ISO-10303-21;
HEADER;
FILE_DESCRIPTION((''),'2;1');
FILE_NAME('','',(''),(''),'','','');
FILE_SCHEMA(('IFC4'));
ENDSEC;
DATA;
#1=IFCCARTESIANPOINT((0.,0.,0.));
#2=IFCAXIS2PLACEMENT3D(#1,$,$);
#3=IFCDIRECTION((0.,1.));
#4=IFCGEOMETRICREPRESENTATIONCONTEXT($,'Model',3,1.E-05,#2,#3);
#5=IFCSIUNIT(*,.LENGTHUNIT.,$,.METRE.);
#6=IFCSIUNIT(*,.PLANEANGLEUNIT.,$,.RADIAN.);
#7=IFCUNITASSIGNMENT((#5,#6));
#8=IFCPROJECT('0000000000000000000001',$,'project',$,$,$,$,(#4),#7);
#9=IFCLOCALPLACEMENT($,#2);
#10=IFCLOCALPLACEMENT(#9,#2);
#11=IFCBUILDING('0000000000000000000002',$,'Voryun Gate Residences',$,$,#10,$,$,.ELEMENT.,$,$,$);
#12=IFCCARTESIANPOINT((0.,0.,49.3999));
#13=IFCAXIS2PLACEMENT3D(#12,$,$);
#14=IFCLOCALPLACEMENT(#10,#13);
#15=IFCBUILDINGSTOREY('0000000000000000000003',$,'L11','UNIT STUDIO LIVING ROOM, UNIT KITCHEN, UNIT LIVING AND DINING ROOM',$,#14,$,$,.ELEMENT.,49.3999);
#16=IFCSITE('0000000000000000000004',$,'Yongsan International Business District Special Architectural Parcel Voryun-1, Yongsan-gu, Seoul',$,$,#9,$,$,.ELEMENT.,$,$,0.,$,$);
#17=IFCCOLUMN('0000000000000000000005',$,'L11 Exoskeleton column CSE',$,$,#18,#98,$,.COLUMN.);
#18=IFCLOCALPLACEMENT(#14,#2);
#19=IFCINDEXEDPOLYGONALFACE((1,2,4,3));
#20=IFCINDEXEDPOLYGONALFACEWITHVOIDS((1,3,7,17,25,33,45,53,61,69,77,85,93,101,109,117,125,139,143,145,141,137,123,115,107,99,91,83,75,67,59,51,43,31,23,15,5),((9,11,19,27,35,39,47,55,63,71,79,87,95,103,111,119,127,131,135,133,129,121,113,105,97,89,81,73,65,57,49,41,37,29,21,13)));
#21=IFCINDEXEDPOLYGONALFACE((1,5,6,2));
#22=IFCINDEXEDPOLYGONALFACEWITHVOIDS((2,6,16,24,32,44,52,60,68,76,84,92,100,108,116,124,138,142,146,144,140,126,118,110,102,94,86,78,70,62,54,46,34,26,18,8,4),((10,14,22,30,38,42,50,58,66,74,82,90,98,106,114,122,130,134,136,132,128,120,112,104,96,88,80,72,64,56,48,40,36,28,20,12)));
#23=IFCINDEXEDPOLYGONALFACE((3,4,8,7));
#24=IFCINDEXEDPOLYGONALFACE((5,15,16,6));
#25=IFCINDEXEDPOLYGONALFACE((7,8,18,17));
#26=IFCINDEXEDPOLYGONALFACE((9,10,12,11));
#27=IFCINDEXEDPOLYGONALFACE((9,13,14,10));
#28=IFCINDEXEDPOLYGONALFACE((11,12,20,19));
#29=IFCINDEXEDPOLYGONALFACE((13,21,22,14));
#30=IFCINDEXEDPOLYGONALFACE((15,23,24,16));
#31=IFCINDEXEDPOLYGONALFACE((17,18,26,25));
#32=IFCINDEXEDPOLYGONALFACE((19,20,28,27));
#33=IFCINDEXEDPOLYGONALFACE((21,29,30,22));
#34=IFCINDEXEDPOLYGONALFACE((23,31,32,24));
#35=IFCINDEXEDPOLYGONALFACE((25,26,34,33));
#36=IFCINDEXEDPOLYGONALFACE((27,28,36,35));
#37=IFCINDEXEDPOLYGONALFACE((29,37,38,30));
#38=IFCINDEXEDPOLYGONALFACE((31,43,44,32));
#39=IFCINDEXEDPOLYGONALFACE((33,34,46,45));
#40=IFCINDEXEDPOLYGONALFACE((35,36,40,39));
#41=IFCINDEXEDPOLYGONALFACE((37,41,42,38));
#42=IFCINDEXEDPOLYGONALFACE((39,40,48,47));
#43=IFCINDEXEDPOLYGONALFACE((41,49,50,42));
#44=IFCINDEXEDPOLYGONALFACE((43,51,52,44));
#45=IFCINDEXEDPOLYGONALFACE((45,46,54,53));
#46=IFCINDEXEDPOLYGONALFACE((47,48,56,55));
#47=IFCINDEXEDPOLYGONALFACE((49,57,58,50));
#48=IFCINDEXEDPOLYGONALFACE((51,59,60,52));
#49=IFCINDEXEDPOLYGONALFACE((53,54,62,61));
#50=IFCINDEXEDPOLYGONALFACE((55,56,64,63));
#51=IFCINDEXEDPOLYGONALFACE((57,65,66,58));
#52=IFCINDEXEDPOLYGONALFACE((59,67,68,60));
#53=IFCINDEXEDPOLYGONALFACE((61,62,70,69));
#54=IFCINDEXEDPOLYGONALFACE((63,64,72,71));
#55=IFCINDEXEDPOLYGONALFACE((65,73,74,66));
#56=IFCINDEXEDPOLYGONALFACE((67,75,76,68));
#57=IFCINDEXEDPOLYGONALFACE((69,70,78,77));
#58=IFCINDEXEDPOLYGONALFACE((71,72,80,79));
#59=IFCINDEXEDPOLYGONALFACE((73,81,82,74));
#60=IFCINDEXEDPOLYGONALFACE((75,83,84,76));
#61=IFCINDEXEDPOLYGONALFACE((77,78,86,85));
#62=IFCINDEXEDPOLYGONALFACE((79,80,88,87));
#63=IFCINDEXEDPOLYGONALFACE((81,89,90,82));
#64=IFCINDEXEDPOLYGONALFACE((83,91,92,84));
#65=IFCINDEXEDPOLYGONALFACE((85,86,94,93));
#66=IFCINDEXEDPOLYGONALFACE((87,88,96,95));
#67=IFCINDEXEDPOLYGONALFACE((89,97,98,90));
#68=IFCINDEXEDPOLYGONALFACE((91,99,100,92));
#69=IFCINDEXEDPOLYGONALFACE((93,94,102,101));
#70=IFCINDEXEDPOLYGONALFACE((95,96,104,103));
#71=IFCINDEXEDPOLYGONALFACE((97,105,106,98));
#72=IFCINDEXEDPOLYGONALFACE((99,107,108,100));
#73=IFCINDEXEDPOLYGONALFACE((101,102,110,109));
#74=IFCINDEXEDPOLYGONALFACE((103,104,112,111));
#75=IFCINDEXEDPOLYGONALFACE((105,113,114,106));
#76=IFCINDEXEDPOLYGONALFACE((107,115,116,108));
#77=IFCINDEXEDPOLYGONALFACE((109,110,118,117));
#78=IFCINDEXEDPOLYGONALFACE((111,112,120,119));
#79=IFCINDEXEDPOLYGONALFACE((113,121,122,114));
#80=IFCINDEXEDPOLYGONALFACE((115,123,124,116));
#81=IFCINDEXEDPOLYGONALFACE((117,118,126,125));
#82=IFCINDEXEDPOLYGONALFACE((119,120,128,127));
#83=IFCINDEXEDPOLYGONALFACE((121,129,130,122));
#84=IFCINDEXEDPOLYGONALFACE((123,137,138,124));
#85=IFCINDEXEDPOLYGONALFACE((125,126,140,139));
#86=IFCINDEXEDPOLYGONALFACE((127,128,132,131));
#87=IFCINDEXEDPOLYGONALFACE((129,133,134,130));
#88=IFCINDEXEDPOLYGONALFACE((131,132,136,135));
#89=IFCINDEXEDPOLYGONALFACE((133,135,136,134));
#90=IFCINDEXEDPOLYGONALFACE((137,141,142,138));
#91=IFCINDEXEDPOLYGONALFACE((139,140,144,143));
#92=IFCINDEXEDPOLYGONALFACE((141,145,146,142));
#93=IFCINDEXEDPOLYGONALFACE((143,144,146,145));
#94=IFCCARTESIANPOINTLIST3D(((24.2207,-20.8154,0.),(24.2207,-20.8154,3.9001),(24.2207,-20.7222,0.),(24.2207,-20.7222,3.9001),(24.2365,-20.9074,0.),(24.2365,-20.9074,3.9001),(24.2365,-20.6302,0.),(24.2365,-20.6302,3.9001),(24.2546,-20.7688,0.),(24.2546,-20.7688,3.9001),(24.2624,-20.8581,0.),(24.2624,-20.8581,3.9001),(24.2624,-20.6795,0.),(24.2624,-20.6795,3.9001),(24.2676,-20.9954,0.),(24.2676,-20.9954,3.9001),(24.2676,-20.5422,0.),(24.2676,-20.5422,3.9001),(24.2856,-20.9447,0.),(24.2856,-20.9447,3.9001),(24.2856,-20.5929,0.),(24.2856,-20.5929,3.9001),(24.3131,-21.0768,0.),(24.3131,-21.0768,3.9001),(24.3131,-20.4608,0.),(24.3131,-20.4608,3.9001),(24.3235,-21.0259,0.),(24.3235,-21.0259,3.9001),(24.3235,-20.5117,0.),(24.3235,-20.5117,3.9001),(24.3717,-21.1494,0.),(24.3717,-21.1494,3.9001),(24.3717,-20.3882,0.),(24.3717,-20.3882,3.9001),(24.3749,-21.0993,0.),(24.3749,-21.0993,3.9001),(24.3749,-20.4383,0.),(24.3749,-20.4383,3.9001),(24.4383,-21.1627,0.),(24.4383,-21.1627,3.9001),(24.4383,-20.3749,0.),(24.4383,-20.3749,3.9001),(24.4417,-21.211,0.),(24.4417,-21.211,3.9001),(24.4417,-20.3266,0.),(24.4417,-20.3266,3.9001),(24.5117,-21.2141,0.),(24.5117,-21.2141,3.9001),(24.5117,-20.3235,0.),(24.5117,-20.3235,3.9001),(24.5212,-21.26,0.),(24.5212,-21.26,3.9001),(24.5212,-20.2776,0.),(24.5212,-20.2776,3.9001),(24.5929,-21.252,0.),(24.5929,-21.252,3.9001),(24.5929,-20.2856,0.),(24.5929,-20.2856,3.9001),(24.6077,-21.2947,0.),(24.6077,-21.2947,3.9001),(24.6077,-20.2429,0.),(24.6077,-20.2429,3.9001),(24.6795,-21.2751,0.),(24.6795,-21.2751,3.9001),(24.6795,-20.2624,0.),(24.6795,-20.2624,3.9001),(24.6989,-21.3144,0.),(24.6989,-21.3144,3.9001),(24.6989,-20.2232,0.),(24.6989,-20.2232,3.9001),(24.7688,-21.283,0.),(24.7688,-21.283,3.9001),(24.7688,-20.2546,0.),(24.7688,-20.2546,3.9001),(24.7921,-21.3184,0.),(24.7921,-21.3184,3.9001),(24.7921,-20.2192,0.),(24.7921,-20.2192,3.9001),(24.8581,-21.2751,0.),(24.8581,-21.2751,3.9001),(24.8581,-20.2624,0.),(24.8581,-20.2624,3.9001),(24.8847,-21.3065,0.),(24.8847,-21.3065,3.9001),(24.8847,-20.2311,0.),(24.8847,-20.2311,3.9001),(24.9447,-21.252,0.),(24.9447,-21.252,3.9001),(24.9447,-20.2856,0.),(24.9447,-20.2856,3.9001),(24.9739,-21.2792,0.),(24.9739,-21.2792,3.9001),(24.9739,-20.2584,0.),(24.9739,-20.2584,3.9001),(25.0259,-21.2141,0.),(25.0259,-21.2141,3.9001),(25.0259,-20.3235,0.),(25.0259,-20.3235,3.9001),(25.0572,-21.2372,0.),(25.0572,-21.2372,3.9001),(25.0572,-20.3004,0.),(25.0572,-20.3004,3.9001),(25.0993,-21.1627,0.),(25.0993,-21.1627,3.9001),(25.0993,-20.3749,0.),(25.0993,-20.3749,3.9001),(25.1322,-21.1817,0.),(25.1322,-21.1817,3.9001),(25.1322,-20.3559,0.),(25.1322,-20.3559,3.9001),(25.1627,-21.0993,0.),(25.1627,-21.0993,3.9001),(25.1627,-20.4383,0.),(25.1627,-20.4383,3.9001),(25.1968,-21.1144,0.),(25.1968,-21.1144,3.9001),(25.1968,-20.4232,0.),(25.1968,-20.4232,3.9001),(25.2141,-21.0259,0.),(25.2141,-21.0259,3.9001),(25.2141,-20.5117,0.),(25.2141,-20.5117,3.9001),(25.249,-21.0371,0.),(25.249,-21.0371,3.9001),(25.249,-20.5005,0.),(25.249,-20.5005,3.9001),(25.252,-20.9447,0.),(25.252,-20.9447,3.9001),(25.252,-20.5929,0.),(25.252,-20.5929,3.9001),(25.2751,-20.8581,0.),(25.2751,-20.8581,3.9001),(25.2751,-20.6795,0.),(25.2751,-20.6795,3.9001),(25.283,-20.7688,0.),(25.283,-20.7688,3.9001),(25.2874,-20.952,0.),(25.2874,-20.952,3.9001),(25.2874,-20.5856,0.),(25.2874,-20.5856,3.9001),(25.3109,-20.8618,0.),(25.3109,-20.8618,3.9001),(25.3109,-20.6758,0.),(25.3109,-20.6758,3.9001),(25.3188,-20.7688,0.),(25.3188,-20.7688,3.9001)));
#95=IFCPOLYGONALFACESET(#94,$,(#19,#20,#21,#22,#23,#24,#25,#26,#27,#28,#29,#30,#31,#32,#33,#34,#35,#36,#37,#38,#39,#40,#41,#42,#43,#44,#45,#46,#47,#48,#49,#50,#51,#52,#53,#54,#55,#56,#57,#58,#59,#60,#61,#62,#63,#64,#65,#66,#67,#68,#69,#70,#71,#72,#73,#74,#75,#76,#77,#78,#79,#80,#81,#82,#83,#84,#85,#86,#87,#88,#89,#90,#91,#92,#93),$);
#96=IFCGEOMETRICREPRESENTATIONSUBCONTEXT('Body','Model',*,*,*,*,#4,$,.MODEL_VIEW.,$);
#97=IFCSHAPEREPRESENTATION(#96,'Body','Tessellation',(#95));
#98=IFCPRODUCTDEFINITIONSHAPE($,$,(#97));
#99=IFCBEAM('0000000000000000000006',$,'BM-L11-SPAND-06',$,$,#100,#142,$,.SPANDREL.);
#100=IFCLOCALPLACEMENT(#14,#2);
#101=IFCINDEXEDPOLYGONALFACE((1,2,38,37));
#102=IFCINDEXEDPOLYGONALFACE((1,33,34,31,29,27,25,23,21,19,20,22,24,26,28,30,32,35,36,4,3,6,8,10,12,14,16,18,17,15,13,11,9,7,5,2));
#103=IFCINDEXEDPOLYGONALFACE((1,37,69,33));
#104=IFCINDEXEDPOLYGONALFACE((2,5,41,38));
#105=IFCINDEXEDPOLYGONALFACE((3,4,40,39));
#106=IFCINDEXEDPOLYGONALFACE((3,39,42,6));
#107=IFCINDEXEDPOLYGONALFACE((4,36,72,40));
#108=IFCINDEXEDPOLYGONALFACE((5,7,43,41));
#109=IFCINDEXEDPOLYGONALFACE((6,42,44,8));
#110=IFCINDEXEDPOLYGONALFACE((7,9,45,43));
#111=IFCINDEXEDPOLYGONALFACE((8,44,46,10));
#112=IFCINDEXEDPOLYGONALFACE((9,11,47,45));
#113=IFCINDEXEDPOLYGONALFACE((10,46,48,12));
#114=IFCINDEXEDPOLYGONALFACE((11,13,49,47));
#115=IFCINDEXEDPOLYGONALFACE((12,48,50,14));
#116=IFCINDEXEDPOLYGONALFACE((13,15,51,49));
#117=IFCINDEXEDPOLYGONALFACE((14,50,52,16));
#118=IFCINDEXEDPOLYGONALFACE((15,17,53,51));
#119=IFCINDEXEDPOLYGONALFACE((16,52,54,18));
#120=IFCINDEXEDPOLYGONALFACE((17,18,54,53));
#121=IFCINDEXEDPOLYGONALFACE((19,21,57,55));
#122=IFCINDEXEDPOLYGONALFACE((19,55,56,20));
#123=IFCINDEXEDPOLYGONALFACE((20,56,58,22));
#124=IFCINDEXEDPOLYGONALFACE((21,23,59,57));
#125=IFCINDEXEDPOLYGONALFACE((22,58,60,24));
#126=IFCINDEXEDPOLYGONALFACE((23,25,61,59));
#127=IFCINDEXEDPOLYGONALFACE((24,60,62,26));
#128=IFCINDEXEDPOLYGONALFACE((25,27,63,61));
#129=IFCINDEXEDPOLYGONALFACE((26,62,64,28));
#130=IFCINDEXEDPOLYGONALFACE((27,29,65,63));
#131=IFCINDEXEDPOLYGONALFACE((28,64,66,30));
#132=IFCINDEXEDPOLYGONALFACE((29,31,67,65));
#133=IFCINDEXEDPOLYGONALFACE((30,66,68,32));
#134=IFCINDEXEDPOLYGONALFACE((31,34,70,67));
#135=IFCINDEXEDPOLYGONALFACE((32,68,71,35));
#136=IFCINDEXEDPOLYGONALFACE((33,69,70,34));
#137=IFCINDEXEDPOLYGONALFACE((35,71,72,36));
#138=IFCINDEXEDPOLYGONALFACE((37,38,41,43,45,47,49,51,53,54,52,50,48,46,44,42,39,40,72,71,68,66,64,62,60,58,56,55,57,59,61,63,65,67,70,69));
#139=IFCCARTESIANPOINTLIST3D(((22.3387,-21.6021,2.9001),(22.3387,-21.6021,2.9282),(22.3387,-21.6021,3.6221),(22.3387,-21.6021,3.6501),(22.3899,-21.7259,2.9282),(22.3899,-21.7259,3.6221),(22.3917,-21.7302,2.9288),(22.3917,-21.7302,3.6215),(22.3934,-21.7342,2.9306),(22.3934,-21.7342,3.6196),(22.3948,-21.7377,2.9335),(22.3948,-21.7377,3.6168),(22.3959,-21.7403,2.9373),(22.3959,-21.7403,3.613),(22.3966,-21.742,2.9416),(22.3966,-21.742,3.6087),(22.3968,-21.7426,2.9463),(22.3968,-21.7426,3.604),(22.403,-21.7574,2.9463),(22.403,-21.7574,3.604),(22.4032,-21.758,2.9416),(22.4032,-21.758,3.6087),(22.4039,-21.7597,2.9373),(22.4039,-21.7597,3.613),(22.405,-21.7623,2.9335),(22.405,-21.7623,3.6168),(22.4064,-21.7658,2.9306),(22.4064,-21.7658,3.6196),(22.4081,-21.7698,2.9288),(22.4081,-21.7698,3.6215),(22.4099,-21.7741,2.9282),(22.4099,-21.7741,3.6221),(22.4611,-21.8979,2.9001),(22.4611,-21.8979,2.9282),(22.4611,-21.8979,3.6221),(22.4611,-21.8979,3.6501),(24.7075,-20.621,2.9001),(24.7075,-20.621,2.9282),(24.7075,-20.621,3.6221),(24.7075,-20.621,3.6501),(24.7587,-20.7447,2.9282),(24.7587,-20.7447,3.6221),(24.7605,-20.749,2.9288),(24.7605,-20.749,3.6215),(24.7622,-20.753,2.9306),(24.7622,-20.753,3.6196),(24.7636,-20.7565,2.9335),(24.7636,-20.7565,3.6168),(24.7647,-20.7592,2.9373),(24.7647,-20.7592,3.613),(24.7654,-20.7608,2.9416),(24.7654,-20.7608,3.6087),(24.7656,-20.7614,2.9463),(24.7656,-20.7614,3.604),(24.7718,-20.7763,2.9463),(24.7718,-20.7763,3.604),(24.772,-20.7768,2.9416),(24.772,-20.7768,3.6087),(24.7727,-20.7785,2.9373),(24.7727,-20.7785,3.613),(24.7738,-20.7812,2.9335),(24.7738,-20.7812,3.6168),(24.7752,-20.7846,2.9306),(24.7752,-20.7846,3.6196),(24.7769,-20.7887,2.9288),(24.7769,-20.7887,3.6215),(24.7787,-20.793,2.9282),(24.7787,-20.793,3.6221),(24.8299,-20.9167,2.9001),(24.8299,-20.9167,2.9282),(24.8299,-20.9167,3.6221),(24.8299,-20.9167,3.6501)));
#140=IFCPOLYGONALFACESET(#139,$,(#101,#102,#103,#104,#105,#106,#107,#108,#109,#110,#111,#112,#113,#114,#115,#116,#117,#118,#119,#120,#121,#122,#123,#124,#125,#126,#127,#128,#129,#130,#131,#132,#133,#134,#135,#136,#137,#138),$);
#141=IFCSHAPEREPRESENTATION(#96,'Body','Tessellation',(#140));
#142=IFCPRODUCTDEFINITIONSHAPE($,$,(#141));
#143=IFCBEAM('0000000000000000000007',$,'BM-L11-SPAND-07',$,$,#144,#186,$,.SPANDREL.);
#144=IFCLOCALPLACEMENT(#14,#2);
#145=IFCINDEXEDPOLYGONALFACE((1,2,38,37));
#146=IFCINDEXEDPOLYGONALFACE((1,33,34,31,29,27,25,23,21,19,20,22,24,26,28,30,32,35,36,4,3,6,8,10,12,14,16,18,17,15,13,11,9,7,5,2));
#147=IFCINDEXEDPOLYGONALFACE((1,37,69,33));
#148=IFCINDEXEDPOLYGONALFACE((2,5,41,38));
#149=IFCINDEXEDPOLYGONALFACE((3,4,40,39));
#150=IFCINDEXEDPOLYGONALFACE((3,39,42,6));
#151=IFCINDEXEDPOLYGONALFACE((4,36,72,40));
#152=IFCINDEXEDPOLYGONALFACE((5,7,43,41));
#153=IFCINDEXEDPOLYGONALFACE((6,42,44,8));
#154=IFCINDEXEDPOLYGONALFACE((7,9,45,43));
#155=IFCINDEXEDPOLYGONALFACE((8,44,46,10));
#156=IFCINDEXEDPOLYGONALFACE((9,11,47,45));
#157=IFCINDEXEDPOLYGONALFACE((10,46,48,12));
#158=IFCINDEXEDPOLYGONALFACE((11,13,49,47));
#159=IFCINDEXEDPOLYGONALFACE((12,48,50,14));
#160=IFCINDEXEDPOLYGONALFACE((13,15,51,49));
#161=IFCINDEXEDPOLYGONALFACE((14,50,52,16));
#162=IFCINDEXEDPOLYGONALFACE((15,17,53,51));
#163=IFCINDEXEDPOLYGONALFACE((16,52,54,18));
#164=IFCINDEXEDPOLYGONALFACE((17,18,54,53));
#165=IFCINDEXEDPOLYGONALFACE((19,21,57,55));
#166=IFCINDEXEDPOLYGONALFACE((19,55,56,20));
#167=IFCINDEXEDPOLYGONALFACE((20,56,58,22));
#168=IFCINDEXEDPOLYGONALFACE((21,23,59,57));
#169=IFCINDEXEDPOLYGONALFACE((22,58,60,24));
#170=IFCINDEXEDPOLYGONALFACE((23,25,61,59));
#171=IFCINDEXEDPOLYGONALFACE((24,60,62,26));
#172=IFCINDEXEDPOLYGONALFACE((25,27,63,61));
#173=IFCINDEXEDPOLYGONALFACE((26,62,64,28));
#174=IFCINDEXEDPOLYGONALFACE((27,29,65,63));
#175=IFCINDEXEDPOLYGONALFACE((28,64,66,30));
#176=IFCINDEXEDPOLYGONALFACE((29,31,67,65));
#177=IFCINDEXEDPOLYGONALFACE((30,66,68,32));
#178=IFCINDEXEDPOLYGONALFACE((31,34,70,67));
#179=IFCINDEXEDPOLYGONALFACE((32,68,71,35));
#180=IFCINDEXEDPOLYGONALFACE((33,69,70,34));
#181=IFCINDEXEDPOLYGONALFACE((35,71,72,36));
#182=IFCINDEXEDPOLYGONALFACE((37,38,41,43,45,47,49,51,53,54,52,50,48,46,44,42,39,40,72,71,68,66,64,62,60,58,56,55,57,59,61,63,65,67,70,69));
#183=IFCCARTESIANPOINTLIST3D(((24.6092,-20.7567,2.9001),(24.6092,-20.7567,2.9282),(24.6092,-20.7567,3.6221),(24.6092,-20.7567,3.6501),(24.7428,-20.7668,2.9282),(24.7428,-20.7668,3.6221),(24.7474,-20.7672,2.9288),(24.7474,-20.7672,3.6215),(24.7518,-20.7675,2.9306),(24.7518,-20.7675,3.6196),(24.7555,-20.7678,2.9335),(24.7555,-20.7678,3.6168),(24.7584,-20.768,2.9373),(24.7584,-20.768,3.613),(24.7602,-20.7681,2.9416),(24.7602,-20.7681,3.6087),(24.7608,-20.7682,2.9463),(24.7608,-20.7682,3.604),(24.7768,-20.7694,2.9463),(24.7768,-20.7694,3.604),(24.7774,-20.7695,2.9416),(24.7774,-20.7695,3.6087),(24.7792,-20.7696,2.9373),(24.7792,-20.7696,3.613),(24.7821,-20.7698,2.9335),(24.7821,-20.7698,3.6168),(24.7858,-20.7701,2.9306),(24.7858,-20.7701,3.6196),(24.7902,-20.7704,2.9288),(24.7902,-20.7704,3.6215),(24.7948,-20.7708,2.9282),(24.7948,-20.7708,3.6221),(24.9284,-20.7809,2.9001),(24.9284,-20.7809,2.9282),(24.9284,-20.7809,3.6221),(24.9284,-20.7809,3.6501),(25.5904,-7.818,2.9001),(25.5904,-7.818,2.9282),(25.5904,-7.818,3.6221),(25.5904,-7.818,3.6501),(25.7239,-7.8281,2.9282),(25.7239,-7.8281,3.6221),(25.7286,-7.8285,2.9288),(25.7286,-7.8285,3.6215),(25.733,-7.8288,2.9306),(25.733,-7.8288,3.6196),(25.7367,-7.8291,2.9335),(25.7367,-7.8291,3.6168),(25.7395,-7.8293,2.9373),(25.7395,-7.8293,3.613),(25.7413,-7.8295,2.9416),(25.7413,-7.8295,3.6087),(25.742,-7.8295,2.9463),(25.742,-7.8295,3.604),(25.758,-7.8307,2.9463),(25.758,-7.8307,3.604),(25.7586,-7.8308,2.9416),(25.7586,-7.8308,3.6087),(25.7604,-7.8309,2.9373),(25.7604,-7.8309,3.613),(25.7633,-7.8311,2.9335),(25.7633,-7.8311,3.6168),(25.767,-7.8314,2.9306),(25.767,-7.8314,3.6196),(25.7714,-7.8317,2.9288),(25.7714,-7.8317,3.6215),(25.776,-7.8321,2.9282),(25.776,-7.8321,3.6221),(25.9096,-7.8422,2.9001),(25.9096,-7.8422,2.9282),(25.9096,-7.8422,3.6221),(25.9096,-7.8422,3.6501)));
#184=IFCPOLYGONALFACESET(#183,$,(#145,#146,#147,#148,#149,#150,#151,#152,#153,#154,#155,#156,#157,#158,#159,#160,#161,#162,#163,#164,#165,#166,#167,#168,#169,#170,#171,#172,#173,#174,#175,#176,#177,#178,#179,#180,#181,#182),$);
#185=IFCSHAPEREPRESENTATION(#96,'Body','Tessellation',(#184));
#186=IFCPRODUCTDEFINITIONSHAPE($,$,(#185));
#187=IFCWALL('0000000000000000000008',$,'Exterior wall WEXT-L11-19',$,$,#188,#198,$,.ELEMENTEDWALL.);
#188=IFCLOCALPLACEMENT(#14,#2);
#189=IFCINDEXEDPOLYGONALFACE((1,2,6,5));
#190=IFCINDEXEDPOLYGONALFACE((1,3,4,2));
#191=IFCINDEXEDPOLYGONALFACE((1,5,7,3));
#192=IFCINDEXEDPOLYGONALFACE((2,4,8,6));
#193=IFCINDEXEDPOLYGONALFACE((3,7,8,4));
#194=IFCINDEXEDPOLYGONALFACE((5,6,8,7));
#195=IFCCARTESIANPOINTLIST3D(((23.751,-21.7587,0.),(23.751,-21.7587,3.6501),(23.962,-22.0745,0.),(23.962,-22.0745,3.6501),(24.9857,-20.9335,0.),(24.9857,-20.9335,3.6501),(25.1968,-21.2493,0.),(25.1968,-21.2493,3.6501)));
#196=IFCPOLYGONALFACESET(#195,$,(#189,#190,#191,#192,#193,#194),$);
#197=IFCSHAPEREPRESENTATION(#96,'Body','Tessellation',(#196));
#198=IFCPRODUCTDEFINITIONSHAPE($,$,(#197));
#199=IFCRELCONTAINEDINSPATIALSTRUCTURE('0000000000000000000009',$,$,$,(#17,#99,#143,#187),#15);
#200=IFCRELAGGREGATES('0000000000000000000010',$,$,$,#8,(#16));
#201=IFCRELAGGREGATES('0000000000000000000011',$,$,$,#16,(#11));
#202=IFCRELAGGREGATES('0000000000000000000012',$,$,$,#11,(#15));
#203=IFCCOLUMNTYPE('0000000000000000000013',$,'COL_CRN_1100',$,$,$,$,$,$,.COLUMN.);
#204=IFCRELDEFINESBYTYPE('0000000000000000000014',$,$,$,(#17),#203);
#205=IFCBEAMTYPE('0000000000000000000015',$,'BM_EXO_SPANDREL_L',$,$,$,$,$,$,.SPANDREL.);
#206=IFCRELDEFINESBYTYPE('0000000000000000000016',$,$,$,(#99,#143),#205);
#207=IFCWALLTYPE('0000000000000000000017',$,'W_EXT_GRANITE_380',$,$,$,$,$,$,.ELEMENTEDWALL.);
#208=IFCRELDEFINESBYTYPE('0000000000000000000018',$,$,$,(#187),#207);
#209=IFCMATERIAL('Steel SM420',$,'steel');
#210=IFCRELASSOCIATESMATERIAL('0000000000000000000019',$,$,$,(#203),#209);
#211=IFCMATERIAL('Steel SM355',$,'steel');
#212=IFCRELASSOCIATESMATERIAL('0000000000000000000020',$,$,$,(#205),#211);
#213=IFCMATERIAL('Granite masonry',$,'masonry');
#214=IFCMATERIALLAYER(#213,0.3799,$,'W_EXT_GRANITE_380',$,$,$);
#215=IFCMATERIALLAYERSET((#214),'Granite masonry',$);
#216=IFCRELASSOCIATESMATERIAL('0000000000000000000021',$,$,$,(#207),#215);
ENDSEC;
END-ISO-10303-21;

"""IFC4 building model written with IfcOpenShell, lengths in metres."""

from ifc_helpers import new_model, si_unit, direction, frame, frame_2d, origin, origin_2d, place, context, subcontext, project, spatial, rectangle, hollow_circle, i_section, extrude, material, layer, layer_set, material_profile, profile_set, type_object, element, save


model = new_model("IFC4")

# Units and contexts
model_context = context("Model", 3, precision=1e-05, world=origin(), true_north=direction((0.0, 1.0)))
body_context = subcontext(model_context, "Body", "Model", "MODEL_VIEW")
ifc_project = project(units=[si_unit("LENGTHUNIT", "METRE"), si_unit("PLANEANGLEUNIT", "RADIAN")], contexts=[model_context])

# Site, building, storey
site_placement = place(None, origin())
site = spatial("IfcSite", under=ifc_project, at=site_placement, Name="Yongsan International Business District Special Architectural Parcel Voryun-1, Yongsan-gu, Seoul", CompositionType="ELEMENT", RefElevation=0.0)
building_placement = place(site_placement, origin())
building = spatial("IfcBuilding", under=site, at=building_placement, Name="Voryun Gate Residences", CompositionType="ELEMENT")
storey_placement = place(building_placement, frame((0.0, 0.0, 49.3999)))
storey = spatial("IfcBuildingStorey", under=building, at=storey_placement, Name="L11", Description="UNIT STUDIO LIVING ROOM, UNIT KITCHEN, UNIT LIVING AND DINING ROOM", CompositionType="ELEMENT", Elevation=49.3999)

# Column
ifc_material_1 = material(Name="Steel SM420", Category="steel")
ifc_material_profile_1 = material_profile(ifc_material_1, hollow_circle(Radius=0.55, WallThickness=0.0359, at=origin_2d()), Name="CHS-1100x36")
ifc_profile_set_1 = profile_set([ifc_material_profile_1], Name="Steel SM420")
column_type = type_object("IfcColumnType", Name="COL_CRN_1100", PredefinedType="COLUMN", material=ifc_profile_set_1)
column_placement = place(storey_placement, frame((24.7688, -20.7688, 0.0), z_axis=(0.0, 0.0, 1.0), x_axis=(1.0, 0.0, 0.0)))
element("IfcColumn", 1, at=column_placement, inside=storey, type_object=column_type, Name="L11 Exoskeleton column CSE", PredefinedType="COLUMN", context=body_context, shape_type="SweptSolid", body=[
    extrude(hollow_circle(Radius=0.55, WallThickness=0.0359, at=origin_2d()), origin(), (0.0, 0.0, 1.0), 3.9001),
])

# Beams
ifc_material_2 = material(Name="Steel SM355", Category="steel")
ifc_material_profile_2 = material_profile(ifc_material_2, i_section(OverallWidth=0.3201, OverallDepth=0.75, WebThickness=0.0161, FlangeThickness=0.0281, FilletRadius=0.0181, at=origin_2d()), Name="H-750x320x16x28")
ifc_profile_set_2 = profile_set([ifc_material_profile_2], Name="Steel SM355")
beam_type = type_object("IfcBeamType", Name="BM_EXO_SPANDREL_L", PredefinedType="SPANDREL", material=ifc_profile_set_2)
beam_1_placement = place(storey_placement, frame((22.3999, -21.75, 3.2751), z_axis=(0.923883, 0.382674, 0.0), x_axis=(-0.382674, 0.923883, 0.0)))
element("IfcBeam", 2, at=beam_1_placement, inside=storey, type_object=beam_type, Name="BM-L11-SPAND-06", PredefinedType="SPANDREL", context=body_context, shape_type="SweptSolid", body=[
    extrude(i_section(OverallWidth=0.3201, OverallDepth=0.75, WebThickness=0.0161, FlangeThickness=0.0281, FilletRadius=0.0181, at=origin_2d()), origin(), (0.0, 0.0, 1.0), 2.564),
])
beam_2_placement = place(storey_placement, frame((24.7688, -20.7688, 3.2751), z_axis=(0.075617, 0.997137, 0.0), x_axis=(-0.997137, 0.075617, 0.0)))
element("IfcBeam", 3, at=beam_2_placement, inside=storey, type_object=beam_type, Name="BM-L11-SPAND-07", PredefinedType="SPANDREL", context=body_context, shape_type="SweptSolid", body=[
    extrude(i_section(OverallWidth=0.3201, OverallDepth=0.75, WebThickness=0.0161, FlangeThickness=0.0281, FilletRadius=0.0181, at=origin_2d()), origin(), (0.0, 0.0, 1.0), 12.9758),
])

# Wall
ifc_material_3 = material(Name="Granite masonry", Category="masonry")
ifc_layer = layer(ifc_material_3, 0.3799, Name="W_EXT_GRANITE_380")
ifc_layer_set = layer_set([ifc_layer], Name="Granite masonry")
wall_type = type_object("IfcWallType", Name="W_EXT_GRANITE_380", PredefinedType="ELEMENTEDWALL", material=ifc_layer_set)
wall_1_placement = place(storey_placement, frame((25.0913, -21.0913, 0.0), z_axis=(0.0, 0.0, 1.0), x_axis=(-0.831392, -0.555686, 0.0)))
element("IfcWall", 4, at=wall_1_placement, inside=storey, type_object=wall_type, Name="Exterior wall WEXT-L11-19", PredefinedType="ELEMENTEDWALL", context=body_context, shape_type="SweptSolid", body=[
    extrude(rectangle(XDim=1.4851, YDim=0.3799, at=frame_2d((0.7427, 0.0))), origin(), (0.0, 0.0, 1.0), 3.6501),
])

save(model, "model.ifc")
